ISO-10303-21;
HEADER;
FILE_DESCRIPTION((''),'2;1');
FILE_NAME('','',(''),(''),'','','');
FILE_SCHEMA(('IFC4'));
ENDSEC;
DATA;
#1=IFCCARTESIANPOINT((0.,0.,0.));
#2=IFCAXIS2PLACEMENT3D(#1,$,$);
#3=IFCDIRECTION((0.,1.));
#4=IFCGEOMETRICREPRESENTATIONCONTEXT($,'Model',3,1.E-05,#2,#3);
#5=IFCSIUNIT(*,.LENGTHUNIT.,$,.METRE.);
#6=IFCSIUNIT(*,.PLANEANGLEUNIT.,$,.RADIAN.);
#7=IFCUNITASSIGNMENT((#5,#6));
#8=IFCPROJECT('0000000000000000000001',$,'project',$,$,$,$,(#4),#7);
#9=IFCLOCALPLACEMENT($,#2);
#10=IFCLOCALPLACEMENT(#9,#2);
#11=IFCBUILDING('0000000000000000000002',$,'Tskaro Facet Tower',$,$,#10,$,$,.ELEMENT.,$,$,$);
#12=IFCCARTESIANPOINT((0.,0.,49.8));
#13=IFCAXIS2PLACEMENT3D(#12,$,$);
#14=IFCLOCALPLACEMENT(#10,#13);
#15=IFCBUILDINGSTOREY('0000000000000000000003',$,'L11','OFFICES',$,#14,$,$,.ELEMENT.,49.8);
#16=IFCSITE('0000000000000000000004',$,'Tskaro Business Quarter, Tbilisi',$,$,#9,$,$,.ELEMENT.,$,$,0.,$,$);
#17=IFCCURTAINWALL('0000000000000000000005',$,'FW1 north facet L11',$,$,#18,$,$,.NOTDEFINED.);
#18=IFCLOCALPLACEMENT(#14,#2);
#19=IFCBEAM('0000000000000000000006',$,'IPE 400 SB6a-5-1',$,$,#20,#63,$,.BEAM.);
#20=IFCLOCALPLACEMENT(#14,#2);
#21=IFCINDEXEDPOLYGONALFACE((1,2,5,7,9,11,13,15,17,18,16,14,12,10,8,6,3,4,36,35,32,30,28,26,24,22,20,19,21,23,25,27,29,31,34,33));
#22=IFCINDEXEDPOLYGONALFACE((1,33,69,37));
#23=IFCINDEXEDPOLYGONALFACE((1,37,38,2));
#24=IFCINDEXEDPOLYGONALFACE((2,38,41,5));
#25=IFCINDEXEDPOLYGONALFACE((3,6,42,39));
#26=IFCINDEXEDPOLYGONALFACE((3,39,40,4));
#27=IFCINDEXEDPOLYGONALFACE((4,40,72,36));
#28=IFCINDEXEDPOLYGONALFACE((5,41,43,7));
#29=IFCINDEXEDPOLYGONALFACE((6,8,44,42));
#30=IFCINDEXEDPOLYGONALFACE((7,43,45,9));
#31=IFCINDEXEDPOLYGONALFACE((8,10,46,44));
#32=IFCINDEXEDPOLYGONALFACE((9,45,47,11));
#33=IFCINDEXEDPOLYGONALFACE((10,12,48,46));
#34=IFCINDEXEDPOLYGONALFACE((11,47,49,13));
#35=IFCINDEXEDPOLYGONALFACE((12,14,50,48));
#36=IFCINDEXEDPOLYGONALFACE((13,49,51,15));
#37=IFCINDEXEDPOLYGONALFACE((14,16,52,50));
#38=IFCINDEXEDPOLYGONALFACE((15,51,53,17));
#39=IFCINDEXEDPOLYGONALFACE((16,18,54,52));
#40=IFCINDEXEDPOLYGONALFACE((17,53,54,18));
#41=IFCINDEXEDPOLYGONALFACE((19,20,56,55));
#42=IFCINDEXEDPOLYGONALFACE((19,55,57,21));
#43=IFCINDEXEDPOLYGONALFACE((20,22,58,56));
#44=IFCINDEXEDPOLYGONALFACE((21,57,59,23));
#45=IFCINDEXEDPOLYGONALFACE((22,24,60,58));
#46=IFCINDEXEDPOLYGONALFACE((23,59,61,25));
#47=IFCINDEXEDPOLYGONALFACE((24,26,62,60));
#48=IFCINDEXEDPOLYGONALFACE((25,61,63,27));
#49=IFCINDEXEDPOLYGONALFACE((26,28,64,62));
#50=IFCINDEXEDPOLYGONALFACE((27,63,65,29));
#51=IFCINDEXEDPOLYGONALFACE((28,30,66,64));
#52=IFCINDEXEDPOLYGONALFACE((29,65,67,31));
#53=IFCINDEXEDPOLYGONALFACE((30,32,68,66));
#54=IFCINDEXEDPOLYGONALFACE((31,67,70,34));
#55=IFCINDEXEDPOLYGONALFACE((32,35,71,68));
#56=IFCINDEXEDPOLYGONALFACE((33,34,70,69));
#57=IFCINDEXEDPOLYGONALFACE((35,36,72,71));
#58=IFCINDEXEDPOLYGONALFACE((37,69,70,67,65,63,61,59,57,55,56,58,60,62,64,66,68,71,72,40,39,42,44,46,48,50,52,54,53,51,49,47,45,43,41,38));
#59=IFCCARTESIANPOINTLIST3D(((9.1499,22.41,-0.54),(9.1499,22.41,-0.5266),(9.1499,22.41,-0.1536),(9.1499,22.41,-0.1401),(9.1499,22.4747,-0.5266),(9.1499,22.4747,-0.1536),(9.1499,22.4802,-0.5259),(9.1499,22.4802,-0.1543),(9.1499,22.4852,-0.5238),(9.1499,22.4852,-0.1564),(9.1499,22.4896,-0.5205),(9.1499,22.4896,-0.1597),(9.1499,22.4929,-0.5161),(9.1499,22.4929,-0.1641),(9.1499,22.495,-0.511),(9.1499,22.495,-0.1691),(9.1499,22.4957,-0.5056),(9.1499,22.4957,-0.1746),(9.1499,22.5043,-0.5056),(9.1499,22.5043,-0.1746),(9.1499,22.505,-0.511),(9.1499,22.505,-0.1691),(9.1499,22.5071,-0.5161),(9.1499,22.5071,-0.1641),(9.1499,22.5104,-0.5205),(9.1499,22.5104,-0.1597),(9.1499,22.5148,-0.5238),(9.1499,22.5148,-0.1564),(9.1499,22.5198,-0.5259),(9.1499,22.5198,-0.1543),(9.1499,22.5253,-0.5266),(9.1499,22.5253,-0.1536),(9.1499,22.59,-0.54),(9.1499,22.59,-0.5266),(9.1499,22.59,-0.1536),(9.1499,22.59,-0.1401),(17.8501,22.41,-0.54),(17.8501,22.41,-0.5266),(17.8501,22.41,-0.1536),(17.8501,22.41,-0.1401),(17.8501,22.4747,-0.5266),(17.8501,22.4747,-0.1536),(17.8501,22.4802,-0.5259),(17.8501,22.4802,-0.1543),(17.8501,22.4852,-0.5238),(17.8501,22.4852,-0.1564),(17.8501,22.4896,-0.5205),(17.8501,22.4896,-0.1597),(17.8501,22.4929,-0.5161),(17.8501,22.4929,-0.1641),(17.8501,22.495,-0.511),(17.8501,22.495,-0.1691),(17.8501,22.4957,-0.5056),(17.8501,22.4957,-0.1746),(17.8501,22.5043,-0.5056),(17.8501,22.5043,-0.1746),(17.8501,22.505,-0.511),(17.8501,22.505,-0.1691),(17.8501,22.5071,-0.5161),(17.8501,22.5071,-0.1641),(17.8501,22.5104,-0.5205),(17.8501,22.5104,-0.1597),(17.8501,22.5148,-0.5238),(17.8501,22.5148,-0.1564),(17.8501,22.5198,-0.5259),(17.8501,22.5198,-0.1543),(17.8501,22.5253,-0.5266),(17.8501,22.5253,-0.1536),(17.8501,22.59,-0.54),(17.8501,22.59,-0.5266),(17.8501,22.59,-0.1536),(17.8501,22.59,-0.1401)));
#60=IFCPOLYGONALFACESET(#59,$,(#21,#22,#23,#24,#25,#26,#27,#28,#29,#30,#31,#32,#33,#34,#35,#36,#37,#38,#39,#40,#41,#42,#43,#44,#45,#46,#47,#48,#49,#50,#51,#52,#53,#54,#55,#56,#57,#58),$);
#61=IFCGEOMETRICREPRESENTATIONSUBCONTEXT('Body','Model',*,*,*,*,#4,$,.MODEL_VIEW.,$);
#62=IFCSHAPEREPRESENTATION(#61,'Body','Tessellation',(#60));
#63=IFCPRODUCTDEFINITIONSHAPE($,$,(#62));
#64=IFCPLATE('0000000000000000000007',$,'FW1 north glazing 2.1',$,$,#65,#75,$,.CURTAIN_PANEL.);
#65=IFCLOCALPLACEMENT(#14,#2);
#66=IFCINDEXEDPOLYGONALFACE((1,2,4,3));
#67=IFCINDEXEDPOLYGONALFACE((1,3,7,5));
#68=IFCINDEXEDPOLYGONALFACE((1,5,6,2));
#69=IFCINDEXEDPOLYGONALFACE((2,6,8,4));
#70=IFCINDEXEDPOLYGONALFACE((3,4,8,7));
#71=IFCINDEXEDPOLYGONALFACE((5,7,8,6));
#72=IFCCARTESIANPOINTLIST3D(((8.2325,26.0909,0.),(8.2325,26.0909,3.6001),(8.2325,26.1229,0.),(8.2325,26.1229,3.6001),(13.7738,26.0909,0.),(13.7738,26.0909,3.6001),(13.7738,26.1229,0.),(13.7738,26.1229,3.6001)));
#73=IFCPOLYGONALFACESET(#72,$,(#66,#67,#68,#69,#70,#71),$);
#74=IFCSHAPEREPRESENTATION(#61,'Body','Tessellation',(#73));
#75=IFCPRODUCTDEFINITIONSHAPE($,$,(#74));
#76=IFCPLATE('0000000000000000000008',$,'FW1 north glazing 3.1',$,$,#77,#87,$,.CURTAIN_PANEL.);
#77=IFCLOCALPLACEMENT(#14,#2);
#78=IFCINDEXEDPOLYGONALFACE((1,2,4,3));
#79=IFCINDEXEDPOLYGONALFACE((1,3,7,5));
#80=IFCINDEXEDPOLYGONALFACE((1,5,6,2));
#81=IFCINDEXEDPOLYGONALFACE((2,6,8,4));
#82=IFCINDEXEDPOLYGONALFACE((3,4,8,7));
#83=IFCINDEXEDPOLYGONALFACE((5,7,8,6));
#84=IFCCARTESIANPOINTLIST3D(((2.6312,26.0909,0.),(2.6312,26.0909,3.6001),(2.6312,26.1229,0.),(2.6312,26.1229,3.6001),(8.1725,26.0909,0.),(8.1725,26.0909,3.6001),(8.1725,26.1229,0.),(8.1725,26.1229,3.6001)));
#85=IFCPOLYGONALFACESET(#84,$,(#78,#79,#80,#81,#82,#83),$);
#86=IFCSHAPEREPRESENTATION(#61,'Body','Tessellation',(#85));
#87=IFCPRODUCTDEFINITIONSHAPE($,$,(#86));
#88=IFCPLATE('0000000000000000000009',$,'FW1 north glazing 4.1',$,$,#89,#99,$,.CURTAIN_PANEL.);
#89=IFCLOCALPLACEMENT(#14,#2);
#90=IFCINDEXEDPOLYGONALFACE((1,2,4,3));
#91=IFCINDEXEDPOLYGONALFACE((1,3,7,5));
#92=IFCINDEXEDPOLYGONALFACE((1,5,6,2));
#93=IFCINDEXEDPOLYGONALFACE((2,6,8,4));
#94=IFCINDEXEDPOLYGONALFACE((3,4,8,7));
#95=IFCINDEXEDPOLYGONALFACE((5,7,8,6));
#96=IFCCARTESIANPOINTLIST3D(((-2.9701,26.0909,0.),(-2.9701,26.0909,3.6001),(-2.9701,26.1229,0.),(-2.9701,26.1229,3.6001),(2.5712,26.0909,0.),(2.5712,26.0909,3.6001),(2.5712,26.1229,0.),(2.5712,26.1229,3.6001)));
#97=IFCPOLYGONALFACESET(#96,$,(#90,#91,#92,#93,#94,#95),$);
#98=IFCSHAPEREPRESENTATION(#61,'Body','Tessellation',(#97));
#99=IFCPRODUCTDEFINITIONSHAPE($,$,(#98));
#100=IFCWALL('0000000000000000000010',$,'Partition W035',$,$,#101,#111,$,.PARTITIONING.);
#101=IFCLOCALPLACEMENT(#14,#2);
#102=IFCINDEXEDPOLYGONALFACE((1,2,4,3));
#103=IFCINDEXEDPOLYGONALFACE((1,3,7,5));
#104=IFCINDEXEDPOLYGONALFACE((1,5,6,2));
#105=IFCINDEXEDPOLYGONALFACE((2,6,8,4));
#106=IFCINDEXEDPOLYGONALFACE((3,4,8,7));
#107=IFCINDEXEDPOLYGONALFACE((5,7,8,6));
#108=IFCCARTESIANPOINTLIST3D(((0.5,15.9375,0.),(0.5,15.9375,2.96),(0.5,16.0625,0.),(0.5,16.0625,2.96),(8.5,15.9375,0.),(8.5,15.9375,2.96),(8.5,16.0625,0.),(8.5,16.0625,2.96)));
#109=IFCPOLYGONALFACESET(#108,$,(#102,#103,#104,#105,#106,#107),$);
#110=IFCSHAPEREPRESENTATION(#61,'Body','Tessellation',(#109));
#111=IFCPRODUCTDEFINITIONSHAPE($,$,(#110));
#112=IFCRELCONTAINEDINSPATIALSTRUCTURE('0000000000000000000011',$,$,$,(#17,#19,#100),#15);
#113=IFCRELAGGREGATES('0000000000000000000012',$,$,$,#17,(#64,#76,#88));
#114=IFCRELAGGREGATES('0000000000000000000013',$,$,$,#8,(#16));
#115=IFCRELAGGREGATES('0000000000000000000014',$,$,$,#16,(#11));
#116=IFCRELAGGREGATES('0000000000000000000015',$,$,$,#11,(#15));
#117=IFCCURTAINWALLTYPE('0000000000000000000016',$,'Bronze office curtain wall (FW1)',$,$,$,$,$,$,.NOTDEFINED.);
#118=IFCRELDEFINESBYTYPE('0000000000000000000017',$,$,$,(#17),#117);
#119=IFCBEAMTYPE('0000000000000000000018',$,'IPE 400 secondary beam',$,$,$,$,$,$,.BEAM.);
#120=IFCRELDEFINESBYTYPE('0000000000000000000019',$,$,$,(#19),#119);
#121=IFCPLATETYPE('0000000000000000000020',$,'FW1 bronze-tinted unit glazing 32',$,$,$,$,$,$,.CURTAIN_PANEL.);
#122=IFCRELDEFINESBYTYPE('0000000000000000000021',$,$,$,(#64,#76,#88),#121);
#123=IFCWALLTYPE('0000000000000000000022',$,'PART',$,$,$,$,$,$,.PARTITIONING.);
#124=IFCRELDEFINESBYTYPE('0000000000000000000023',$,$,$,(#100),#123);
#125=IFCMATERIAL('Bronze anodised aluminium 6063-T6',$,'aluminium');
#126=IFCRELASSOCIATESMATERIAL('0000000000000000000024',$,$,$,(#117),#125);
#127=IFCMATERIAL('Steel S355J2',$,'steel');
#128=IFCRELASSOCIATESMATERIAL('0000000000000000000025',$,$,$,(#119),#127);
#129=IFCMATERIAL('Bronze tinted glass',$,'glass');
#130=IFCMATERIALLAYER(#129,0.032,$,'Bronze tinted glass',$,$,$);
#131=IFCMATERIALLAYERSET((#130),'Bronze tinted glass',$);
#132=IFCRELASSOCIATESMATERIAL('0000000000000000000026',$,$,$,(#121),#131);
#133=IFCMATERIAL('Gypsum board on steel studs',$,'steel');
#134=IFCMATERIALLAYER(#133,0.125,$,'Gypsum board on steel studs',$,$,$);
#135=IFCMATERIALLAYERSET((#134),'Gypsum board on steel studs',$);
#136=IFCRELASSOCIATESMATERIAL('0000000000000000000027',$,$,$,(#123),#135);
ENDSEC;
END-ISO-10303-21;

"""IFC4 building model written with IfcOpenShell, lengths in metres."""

from ifc_helpers import new_model, si_unit, direction, frame, frame_2d, origin, origin_2d, place, context, subcontext, project, spatial, rectangle, i_section, extrude, material, layer, layer_set, material_profile, profile_set, type_object, element, aggregate, save


model = new_model("IFC4")

# Units and contexts
model_context = context("Model", 3, precision=1e-05, world=origin(), true_north=direction((0.0, 1.0)))
body_context = subcontext(model_context, "Body", "Model", "MODEL_VIEW")
ifc_project = project(units=[si_unit("LENGTHUNIT", "METRE"), si_unit("PLANEANGLEUNIT", "RADIAN")], contexts=[model_context])

# Site, building, storey
site_placement = place(None, origin())
site = spatial("IfcSite", under=ifc_project, at=site_placement, Name="Tskaro Business Quarter, Tbilisi", CompositionType="ELEMENT", RefElevation=0.0)
building_placement = place(site_placement, origin())
building = spatial("IfcBuilding", under=site, at=building_placement, Name="Tskaro Facet Tower", CompositionType="ELEMENT")
storey_placement = place(building_placement, frame((0.0, 0.0, 49.8)))
storey = spatial("IfcBuildingStorey", under=building, at=storey_placement, Name="L11", Description="OFFICES", CompositionType="ELEMENT", Elevation=49.8)

# Curtain wall
ifc_material_1 = material(Name="Bronze anodised aluminium 6063-T6", Category="aluminium")
curtain_wall_type = type_object("IfcCurtainWallType", Name="Bronze office curtain wall (FW1)", PredefinedType="NOTDEFINED", material=ifc_material_1)
curtain_wall_placement = place(storey_placement, origin())
curtain_wall = element("IfcCurtainWall", 1, at=curtain_wall_placement, inside=storey, type_object=curtain_wall_type, Name="FW1 north facet L11", PredefinedType="NOTDEFINED")

# Beam
ifc_material_2 = material(Name="Steel S355J2", Category="steel")
ifc_material_profile_1 = material_profile(ifc_material_2, i_section(OverallWidth=0.1799, OverallDepth=0.3999, WebThickness=0.0085, FlangeThickness=0.0134, FilletRadius=0.021, at=origin_2d()), Name="IPE 400")
ifc_profile_set_1 = profile_set([ifc_material_profile_1], Name="Steel S355J2")
beam_type_1 = type_object("IfcBeamType", Name="IPE 400 secondary beam", PredefinedType="BEAM", material=ifc_profile_set_1)
for number, where, z_axis, x_axis, name in (
    (2, (9.1499, 22.5, -0.3401), (1.0, 0.0, 0.0), (0.0, 1.0, 0.0), "IPE 400 SB6a-5-1"),
):
    element("IfcBeam", number, at=place(storey_placement, frame(where, z_axis=z_axis, x_axis=x_axis)), inside=storey, type_object=beam_type_1, Name=name, PredefinedType="BEAM", context=body_context, shape_type="SweptSolid", body=[
        extrude(i_section(OverallWidth=0.1799, OverallDepth=0.3999, WebThickness=0.0085, FlangeThickness=0.0134, FilletRadius=0.021, at=origin_2d()), origin(), (0.0, 0.0, 1.0), 8.7002),
    ])

# Plates
ifc_material_3 = material(Name="Bronze tinted glass", Category="glass")
ifc_layer_1 = layer(ifc_material_3, 0.032, Name="Bronze tinted glass")
ifc_layer_set_1 = layer_set([ifc_layer_1], Name="Bronze tinted glass")
plate_type = type_object("IfcPlateType", Name="FW1 bronze-tinted unit glazing 32", PredefinedType="CURTAIN_PANEL", material=ifc_layer_set_1)
plate_1_placement = place(storey_placement, frame((11.0032, 26.1069, 0.0), z_axis=(0.0, 0.0, 1.0), x_axis=(-1.0, 0.0, 0.0)))
plate_1 = element("IfcPlate", 3, at=plate_1_placement, type_object=plate_type, Name="FW1 north glazing 2.1", PredefinedType="CURTAIN_PANEL", context=body_context, shape_type="SweptSolid", body=[
    extrude(rectangle(XDim=5.5413, YDim=0.032, at=origin_2d()), origin(), (0.0, 0.0, 1.0), 3.6001),
])
plate_2_placement = place(storey_placement, frame((5.4019, 26.1069, 0.0), z_axis=(0.0, 0.0, 1.0), x_axis=(-1.0, 0.0, 0.0)))
plate_2 = element("IfcPlate", 4, at=plate_2_placement, type_object=plate_type, Name="FW1 north glazing 3.1", PredefinedType="CURTAIN_PANEL", context=body_context, shape_type="SweptSolid", body=[
    extrude(rectangle(XDim=5.5413, YDim=0.032, at=origin_2d()), origin(), (0.0, 0.0, 1.0), 3.6001),
])
plate_3_placement = place(storey_placement, frame((-0.1995, 26.1069, 0.0), z_axis=(0.0, 0.0, 1.0), x_axis=(-1.0, 0.0, 0.0)))
plate_3 = element("IfcPlate", 5, at=plate_3_placement, type_object=plate_type, Name="FW1 north glazing 4.1", PredefinedType="CURTAIN_PANEL", context=body_context, shape_type="SweptSolid", body=[
    extrude(rectangle(XDim=5.5413, YDim=0.032, at=origin_2d()), origin(), (0.0, 0.0, 1.0), 3.6001),
])
aggregate(curtain_wall, [plate_1, plate_2, plate_3])

# Wall
ifc_material_4 = material(Name="Gypsum board on steel studs", Category="steel")
ifc_layer_2 = layer(ifc_material_4, 0.125, Name="Gypsum board on steel studs")
ifc_layer_set_2 = layer_set([ifc_layer_2], Name="Gypsum board on steel studs")
wall_type = type_object("IfcWallType", Name="PART", PredefinedType="PARTITIONING", material=ifc_layer_set_2)
wall_placement = place(storey_placement, frame((0.5, 16.0, 0.0), z_axis=(0.0, 0.0, 1.0), x_axis=(1.0, 0.0, 0.0)))
element("IfcWall", 6, at=wall_placement, inside=storey, type_object=wall_type, Name="Partition W035", PredefinedType="PARTITIONING", context=body_context, shape_type="SweptSolid", body=[
    extrude(rectangle(XDim=8.0, YDim=0.125, at=frame_2d((4.0, 0.0))), origin(), (0.0, 0.0, 1.0), 2.96),
])

save(model, "model.ifc")
